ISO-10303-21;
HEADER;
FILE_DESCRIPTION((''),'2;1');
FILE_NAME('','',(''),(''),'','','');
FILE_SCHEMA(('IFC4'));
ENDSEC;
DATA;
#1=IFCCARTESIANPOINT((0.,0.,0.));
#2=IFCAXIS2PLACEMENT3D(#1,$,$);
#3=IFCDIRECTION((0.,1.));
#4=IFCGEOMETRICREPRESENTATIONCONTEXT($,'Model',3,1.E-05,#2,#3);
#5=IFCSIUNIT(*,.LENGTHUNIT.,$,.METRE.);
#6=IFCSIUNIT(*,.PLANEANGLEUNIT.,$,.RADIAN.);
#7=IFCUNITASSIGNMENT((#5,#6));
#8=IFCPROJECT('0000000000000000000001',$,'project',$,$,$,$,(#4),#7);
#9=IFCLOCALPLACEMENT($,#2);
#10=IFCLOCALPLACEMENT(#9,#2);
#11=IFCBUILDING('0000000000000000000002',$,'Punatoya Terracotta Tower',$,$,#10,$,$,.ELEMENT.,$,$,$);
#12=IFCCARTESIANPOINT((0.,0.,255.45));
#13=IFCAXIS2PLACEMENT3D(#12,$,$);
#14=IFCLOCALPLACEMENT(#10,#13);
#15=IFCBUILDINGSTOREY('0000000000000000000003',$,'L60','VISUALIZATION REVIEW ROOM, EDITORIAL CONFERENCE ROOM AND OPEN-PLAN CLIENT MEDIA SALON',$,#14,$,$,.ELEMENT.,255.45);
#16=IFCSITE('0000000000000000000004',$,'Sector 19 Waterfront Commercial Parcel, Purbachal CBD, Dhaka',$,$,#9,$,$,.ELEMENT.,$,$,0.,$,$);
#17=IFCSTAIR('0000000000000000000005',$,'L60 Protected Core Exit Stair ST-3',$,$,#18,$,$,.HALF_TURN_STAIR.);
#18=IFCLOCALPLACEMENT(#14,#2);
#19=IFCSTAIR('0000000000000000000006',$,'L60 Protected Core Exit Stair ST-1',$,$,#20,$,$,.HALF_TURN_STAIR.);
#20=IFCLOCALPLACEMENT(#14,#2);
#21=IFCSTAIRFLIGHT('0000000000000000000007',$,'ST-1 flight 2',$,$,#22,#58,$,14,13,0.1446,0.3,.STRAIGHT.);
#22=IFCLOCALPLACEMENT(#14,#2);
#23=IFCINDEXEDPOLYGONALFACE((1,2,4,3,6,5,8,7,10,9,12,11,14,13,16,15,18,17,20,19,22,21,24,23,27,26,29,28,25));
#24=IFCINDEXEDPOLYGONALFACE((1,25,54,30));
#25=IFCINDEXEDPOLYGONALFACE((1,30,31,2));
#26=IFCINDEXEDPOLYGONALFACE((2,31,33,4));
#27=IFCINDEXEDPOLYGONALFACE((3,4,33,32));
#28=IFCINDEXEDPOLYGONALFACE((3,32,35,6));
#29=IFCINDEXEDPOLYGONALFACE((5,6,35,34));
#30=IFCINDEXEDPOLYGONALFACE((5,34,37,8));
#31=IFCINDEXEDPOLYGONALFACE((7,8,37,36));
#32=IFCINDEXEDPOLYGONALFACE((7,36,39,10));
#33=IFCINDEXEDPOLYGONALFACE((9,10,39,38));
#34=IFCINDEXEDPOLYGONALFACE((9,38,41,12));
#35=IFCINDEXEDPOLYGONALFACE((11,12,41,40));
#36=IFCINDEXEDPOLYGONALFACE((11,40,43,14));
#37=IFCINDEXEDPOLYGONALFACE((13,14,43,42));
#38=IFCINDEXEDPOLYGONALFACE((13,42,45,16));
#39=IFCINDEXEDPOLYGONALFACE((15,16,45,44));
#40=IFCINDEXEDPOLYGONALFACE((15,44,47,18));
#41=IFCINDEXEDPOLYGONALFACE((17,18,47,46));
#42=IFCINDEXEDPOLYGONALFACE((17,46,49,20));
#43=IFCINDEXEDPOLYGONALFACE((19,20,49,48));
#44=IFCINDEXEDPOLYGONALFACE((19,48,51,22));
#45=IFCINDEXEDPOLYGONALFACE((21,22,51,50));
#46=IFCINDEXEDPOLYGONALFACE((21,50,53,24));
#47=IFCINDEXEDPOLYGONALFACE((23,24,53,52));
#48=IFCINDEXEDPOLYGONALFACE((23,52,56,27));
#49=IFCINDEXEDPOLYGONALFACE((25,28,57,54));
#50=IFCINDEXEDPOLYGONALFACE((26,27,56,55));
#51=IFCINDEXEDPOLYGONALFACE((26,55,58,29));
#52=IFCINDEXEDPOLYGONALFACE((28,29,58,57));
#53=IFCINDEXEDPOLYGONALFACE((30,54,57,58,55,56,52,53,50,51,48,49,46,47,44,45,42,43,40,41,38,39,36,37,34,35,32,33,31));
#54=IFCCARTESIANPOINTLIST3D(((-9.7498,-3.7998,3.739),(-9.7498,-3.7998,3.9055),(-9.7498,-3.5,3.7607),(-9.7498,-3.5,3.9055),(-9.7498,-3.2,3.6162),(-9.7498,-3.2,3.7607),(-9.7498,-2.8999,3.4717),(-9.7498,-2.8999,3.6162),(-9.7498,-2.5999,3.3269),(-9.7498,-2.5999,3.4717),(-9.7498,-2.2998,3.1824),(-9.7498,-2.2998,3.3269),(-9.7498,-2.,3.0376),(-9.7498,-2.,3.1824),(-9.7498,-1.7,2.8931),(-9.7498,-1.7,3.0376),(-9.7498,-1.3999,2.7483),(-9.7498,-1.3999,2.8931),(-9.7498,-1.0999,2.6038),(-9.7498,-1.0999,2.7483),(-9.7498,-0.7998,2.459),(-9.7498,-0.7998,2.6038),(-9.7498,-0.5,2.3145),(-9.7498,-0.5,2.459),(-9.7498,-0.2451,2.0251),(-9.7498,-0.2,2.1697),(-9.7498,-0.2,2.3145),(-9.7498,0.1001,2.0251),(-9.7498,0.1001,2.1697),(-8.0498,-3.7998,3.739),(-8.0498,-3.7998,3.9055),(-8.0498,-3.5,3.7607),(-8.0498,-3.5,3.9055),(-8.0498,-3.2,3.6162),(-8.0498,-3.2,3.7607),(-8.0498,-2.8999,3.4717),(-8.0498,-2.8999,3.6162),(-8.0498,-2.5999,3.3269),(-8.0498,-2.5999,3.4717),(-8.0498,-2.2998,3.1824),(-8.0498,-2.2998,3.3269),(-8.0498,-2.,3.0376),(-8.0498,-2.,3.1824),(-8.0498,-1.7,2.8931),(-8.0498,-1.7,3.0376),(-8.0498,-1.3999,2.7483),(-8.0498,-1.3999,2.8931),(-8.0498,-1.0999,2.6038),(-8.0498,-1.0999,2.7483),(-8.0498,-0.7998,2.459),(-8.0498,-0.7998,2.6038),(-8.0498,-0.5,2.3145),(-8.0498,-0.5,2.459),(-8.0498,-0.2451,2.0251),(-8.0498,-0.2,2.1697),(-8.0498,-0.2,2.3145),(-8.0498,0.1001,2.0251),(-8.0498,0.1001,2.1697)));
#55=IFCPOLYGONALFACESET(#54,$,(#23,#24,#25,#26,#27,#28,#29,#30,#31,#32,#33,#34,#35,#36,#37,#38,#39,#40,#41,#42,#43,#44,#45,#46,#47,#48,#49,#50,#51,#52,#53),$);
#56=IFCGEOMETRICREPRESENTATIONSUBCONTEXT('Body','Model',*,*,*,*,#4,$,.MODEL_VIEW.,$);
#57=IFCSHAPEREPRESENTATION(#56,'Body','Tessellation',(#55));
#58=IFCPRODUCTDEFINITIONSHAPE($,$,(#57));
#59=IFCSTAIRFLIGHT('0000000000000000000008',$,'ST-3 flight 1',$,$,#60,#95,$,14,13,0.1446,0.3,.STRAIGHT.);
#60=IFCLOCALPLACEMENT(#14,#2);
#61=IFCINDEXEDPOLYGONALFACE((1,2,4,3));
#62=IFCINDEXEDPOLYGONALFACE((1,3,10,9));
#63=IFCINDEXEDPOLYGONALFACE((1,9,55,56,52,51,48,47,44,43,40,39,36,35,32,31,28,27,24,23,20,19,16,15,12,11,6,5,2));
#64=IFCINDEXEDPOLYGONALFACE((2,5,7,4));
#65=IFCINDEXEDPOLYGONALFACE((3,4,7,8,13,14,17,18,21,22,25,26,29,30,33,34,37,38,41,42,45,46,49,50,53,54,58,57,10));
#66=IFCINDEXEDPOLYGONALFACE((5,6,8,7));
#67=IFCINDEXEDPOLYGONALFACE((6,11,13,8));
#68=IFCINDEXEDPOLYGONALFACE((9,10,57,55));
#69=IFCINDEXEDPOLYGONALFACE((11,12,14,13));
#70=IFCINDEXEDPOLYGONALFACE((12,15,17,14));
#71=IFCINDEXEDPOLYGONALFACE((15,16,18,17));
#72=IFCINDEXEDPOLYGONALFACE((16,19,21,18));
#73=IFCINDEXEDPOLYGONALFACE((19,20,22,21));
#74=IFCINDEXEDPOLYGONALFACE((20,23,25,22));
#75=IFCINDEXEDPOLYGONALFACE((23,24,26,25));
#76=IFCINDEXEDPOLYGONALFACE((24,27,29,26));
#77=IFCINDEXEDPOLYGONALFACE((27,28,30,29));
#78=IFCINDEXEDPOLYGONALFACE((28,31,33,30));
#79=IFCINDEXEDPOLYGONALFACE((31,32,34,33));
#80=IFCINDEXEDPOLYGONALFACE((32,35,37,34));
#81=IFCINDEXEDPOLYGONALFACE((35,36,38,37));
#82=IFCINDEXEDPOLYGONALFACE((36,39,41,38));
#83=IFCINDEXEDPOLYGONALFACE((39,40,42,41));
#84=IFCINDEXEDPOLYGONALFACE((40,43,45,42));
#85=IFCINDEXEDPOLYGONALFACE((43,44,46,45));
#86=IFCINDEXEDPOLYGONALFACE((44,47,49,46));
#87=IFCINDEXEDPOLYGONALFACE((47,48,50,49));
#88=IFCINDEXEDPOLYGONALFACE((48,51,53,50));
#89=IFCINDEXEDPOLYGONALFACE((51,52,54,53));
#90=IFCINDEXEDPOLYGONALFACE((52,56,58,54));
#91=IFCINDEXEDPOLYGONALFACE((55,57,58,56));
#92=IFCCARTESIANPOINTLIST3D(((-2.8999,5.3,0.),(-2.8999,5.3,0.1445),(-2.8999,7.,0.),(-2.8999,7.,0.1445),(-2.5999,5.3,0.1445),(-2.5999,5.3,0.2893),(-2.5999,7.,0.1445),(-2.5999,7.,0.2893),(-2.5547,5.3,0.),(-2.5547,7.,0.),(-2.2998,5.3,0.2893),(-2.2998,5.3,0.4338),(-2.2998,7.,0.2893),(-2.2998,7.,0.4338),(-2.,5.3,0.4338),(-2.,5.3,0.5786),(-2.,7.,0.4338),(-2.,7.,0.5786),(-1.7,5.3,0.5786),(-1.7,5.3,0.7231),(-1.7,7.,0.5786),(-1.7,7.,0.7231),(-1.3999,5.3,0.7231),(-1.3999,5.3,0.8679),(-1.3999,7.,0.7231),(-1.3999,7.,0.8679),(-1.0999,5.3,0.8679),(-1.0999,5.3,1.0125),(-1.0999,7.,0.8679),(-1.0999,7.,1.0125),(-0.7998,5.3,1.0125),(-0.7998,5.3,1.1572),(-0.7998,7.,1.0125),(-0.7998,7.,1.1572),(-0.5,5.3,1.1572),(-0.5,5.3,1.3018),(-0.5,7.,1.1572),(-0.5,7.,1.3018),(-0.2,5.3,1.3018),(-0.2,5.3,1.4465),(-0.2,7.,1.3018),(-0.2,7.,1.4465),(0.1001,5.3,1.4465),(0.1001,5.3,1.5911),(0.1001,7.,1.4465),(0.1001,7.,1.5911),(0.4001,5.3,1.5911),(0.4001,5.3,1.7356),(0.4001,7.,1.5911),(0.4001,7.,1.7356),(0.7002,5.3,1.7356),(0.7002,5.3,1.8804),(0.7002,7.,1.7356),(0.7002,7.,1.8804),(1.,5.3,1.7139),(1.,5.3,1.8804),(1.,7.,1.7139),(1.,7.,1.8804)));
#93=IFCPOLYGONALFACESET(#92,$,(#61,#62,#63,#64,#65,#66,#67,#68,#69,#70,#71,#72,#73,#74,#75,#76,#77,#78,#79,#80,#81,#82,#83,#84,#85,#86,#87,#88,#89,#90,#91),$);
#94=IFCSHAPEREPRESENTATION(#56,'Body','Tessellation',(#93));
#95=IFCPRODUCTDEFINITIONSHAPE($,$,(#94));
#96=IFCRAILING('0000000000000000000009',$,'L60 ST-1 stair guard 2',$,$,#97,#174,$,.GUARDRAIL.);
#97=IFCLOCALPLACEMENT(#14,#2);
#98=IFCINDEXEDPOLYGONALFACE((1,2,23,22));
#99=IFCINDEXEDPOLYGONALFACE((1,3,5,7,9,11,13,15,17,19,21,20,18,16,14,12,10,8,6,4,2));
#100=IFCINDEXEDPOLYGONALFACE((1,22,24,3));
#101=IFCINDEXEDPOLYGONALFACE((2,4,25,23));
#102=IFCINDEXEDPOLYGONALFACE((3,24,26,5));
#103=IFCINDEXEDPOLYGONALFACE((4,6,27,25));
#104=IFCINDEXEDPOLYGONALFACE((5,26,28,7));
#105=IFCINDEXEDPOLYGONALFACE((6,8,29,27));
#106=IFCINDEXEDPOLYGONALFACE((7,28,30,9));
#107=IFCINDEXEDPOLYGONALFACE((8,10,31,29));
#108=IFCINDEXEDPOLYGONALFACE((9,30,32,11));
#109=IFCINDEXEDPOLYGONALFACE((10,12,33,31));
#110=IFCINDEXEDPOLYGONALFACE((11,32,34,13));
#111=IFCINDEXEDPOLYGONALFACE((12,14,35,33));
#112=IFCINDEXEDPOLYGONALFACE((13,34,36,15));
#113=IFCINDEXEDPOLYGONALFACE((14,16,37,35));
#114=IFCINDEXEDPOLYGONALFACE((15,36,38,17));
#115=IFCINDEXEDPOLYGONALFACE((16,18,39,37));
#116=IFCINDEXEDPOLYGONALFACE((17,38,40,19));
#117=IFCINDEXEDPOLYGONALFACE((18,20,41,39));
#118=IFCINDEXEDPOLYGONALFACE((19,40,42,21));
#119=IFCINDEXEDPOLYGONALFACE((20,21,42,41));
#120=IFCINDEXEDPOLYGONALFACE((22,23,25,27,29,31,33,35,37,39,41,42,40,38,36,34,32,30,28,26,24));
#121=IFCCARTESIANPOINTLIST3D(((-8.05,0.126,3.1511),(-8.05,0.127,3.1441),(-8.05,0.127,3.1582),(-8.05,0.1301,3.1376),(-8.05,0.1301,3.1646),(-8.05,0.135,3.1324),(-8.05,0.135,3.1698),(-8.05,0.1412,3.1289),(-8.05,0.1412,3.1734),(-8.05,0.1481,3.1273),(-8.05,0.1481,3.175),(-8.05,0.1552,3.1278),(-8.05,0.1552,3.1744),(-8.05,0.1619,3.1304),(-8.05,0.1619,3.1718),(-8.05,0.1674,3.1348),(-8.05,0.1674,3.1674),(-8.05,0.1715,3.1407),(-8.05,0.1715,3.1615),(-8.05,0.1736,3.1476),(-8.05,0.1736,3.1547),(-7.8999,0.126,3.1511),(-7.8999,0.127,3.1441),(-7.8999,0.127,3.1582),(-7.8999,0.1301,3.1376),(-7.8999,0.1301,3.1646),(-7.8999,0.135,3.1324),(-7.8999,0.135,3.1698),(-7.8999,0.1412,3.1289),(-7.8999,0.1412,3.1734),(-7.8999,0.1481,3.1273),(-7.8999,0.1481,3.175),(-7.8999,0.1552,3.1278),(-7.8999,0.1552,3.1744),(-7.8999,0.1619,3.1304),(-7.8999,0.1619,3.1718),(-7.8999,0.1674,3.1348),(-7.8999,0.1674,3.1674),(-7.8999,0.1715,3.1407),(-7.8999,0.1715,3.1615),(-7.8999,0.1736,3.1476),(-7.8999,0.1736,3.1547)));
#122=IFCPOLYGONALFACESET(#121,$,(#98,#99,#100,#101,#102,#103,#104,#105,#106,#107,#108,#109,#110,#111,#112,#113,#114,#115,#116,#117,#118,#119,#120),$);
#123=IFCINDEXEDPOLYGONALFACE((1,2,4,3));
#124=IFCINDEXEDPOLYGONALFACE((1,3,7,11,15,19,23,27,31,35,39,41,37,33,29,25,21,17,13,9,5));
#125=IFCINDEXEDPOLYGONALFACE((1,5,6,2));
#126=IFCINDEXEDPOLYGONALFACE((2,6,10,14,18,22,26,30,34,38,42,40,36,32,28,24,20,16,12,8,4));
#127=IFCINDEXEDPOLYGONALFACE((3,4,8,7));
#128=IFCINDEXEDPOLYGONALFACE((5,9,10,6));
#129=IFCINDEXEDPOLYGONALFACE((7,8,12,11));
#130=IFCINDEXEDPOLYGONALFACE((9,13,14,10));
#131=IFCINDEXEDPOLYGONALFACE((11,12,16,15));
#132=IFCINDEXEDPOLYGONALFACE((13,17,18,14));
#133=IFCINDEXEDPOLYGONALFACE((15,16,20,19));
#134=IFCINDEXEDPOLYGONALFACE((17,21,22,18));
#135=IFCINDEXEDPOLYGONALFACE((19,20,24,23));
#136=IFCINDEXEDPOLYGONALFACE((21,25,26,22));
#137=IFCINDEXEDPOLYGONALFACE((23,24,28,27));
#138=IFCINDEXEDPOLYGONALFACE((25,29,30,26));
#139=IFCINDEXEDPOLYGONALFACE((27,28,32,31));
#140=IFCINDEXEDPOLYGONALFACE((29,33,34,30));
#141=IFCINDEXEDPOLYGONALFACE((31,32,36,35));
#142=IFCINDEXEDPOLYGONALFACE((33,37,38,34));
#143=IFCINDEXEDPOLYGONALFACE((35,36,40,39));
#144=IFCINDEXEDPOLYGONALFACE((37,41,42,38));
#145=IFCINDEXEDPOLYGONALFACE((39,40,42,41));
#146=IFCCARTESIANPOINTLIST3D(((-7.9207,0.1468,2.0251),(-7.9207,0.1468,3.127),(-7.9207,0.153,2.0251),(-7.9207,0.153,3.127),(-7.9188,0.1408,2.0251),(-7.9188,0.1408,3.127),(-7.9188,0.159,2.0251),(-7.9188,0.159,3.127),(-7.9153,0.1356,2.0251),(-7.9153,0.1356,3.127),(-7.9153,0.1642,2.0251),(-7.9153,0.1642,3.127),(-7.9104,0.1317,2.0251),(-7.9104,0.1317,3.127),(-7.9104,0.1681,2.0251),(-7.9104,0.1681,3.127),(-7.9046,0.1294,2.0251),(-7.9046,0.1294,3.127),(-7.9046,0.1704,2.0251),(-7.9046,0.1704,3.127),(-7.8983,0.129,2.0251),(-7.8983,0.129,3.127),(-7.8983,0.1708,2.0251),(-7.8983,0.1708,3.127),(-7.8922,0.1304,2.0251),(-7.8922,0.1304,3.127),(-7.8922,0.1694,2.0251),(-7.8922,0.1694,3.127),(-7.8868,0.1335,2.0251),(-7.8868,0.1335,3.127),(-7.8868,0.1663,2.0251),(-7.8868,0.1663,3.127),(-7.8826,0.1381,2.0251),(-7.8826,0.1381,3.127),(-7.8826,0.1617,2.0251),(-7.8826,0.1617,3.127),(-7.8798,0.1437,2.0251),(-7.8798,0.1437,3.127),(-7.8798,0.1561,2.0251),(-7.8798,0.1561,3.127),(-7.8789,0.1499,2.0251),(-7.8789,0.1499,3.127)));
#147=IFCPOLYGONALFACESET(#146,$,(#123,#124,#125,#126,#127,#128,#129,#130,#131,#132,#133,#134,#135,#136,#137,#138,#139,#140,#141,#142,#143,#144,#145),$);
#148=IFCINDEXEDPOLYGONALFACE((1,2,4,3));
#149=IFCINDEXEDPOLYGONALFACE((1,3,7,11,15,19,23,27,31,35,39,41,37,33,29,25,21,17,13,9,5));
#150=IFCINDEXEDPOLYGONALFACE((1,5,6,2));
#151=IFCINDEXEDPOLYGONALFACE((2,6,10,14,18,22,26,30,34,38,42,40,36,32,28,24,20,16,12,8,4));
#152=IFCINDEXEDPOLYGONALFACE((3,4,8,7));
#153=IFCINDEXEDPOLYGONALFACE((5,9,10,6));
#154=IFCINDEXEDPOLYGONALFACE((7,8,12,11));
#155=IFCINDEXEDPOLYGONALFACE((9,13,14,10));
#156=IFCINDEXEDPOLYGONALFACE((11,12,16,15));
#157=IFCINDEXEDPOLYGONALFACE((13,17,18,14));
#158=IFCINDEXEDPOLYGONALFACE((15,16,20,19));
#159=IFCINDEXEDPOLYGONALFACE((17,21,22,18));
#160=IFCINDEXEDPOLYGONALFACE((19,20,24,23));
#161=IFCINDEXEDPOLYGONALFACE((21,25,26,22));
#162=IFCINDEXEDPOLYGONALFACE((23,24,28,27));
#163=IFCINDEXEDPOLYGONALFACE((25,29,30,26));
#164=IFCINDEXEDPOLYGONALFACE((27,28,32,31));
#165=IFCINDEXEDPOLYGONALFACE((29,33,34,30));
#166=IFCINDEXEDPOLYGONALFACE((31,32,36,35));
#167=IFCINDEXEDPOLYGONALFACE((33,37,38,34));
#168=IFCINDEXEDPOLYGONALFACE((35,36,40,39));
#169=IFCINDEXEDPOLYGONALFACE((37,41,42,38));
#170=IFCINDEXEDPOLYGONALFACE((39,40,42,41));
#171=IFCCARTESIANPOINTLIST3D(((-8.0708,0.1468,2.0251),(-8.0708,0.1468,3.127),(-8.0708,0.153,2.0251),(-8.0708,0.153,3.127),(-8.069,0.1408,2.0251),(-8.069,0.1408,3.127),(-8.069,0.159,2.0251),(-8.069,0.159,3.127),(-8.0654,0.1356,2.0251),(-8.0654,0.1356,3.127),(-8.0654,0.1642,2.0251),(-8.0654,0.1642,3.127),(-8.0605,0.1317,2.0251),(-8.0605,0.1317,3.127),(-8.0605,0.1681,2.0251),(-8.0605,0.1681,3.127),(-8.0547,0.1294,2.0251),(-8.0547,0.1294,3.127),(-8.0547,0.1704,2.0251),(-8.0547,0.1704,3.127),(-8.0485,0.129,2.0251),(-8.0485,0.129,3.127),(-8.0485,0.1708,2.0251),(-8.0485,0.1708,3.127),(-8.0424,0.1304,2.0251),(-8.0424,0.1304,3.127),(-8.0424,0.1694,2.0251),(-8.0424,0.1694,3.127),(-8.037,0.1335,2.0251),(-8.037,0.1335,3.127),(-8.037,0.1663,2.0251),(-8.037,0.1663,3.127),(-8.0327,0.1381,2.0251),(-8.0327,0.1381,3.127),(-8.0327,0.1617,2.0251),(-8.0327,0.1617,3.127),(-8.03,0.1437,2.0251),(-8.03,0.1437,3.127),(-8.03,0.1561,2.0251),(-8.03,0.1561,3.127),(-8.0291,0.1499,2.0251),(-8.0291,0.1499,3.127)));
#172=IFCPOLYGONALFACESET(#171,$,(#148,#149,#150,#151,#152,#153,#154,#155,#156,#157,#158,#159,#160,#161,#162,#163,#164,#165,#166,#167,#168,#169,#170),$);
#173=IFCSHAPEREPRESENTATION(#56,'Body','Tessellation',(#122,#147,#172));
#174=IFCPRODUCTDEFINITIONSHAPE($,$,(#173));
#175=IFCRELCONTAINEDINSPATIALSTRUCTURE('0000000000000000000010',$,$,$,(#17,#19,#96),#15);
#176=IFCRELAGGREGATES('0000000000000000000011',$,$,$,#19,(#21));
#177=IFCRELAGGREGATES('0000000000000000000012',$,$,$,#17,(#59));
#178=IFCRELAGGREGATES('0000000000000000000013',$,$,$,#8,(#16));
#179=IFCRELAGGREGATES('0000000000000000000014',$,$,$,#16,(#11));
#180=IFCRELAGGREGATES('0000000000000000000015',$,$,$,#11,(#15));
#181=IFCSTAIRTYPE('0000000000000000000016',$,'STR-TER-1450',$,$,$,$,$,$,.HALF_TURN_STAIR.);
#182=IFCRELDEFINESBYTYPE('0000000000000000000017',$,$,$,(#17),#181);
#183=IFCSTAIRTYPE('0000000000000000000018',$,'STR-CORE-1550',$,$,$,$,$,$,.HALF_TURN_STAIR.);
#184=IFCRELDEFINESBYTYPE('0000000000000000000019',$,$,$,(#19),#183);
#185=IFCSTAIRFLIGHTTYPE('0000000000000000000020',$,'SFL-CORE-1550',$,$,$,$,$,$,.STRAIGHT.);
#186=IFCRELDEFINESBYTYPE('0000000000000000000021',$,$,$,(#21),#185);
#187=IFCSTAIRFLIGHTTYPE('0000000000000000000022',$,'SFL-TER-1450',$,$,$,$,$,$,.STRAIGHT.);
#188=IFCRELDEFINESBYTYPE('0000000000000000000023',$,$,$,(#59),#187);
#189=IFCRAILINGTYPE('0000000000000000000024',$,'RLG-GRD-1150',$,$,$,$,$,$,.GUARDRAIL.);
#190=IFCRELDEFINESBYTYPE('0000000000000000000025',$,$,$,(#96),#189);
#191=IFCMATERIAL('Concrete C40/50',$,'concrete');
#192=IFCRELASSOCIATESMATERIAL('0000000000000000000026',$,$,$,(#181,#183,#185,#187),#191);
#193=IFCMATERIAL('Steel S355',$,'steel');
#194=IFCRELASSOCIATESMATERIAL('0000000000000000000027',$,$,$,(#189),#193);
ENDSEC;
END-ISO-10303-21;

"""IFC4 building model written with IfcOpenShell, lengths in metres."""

from ifc_helpers import new_model, si_unit, direction, frame, origin, origin_2d, place, context, subcontext, project, spatial, polyline, circle, outline, extrude, material, type_object, element, aggregate, save


model = new_model("IFC4")

# Units and contexts
model_context = context("Model", 3, precision=1e-05, world=origin(), true_north=direction((0.0, 1.0)))
body_context = subcontext(model_context, "Body", "Model", "MODEL_VIEW")
ifc_project = project(units=[si_unit("LENGTHUNIT", "METRE"), si_unit("PLANEANGLEUNIT", "RADIAN")], contexts=[model_context])

# Site, building, storey
site_placement = place(None, origin())
site = spatial("IfcSite", under=ifc_project, at=site_placement, Name="Sector 19 Waterfront Commercial Parcel, Purbachal CBD, Dhaka", CompositionType="ELEMENT", RefElevation=0.0)
building_placement = place(site_placement, origin())
building = spatial("IfcBuilding", under=site, at=building_placement, Name="Punatoya Terracotta Tower", CompositionType="ELEMENT")
storey_placement = place(building_placement, frame((0.0, 0.0, 255.45)))
storey = spatial("IfcBuildingStorey", under=building, at=storey_placement, Name="L60", Description="VISUALIZATION REVIEW ROOM, EDITORIAL CONFERENCE ROOM AND OPEN-PLAN CLIENT MEDIA SALON", CompositionType="ELEMENT", Elevation=255.45)

# Shared definitions
ifc_material_1 = material(Name="Steel S355", Category="steel")

# Stairs
ifc_material_2 = material(Name="Concrete C40/50", Category="concrete")
stair_type_1 = type_object("IfcStairType", Name="STR-TER-1450", PredefinedType="HALF_TURN_STAIR", material=ifc_material_2)
stair_1_placement = place(storey_placement, origin())
stair_1 = element("IfcStair", 1, at=stair_1_placement, inside=storey, type_object=stair_type_1, Name="L60 Protected Core Exit Stair ST-3", PredefinedType="HALF_TURN_STAIR")
stair_type_2 = type_object("IfcStairType", Name="STR-CORE-1550", PredefinedType="HALF_TURN_STAIR", material=ifc_material_2)
stair_2_placement = place(storey_placement, origin())
stair_2 = element("IfcStair", 2, at=stair_2_placement, inside=storey, type_object=stair_type_2, Name="L60 Protected Core Exit Stair ST-1", PredefinedType="HALF_TURN_STAIR")

# Stair flights
stair_flight_type_1 = type_object("IfcStairFlightType", Name="SFL-CORE-1550", PredefinedType="STRAIGHT", material=ifc_material_2)
stair_flight_1_placement = place(storey_placement, frame((-8.8999, 0.1001, 2.0251), z_axis=(0.0, 0.0, 1.0), x_axis=(0.0, -1.0, 0.0)))
stair_flight_1 = element("IfcStairFlight", 3, at=stair_flight_1_placement, type_object=stair_flight_type_1, Name="ST-1 flight 2", NumberOfRisers=14, NumberOfTreads=13, PredefinedType="STRAIGHT", RiserHeight=0.1446, TreadLength=0.3, context=body_context, shape_type="SweptSolid", body=[
    extrude(outline(polyline([(0.0, 0.0), (0.0, 0.1445), (0.3, 0.1445), (0.3, 0.2893), (0.6001, 0.2893), (0.6001, 0.4338), (0.8999, 0.4338), (0.8999, 0.5786), (1.2, 0.5786), (1.2, 0.7231), (1.5, 0.7231), (1.5, 0.8679), (1.8, 0.8679), (1.8, 1.0125), (2.1001, 1.0125), (2.1001, 1.1572), (2.3999, 1.1572), (2.3999, 1.3018), (2.7, 1.3018), (2.7, 1.4465), (3.0, 1.4465), (3.0, 1.5911), (3.3, 1.5911), (3.3, 1.7356), (3.6001, 1.7356), (3.6001, 1.8804), (3.8999, 1.8804), (3.8999, 2.0249), (3.8999, 1.7139), (0.3452, 0.0), (0.0, 0.0)])), frame((0.0, 0.8501, 0.0), z_axis=(0.0, -1.0, 0.0), x_axis=(1.0, 0.0, 0.0)), (0.0, 0.0, 1.0), 1.7),
])
aggregate(stair_2, [stair_flight_1])
stair_flight_type_2 = type_object("IfcStairFlightType", Name="SFL-TER-1450", PredefinedType="STRAIGHT", material=ifc_material_2)
stair_flight_2_placement = place(storey_placement, frame((-2.8999, 6.1499, 0.0), z_axis=(0.0, 0.0, 1.0), x_axis=(1.0, 0.0, 0.0)))
stair_flight_2 = element("IfcStairFlight", 4, at=stair_flight_2_placement, type_object=stair_flight_type_2, Name="ST-3 flight 1", NumberOfRisers=14, NumberOfTreads=13, PredefinedType="STRAIGHT", RiserHeight=0.1446, TreadLength=0.3, context=body_context, shape_type="SweptSolid", body=[
    extrude(outline(polyline([(0.0, 0.0), (0.0, 0.1445), (0.3, 0.1445), (0.3, 0.2893), (0.6001, 0.2893), (0.6001, 0.4338), (0.8999, 0.4338), (0.8999, 0.5786), (1.2, 0.5786), (1.2, 0.7231), (1.5, 0.7231), (1.5, 0.8679), (1.8, 0.8679), (1.8, 1.0125), (2.1001, 1.0125), (2.1001, 1.1572), (2.3999, 1.1572), (2.3999, 1.3018), (2.7, 1.3018), (2.7, 1.4465), (3.0, 1.4465), (3.0, 1.5911), (3.3, 1.5911), (3.3, 1.7356), (3.6001, 1.7356), (3.6001, 1.8804), (3.8999, 1.8804), (3.8999, 2.0249), (3.8999, 1.7139), (0.3452, 0.0), (0.0, 0.0)])), frame((0.0, 0.8501, 0.0), z_axis=(0.0, -1.0, 0.0), x_axis=(1.0, 0.0, 0.0)), (0.0, 0.0, 1.0), 1.7),
])
aggregate(stair_1, [stair_flight_2])

# Railing
railing_type_1 = type_object("IfcRailingType", Name="RLG-GRD-1150", PredefinedType="GUARDRAIL", material=ifc_material_1)
railing_1_placement = place(storey_placement, frame((-7.8999, 0.1499, 2.0251)))
element("IfcRailing", 5, at=railing_1_placement, inside=storey, type_object=railing_type_1, Name="L60 ST-1 stair guard 2", PredefinedType="GUARDRAIL", context=body_context, shape_type="SweptSolid", body=[
    extrude(circle(Radius=0.0239, at=origin_2d()), frame((0.0, 0.0, 1.126), z_axis=(-1.0, 0.0, 0.0), x_axis=(0.0, -1.0, 0.0)), (0.0, 0.0, 1.0), 0.1501),
    extrude(circle(Radius=0.021, at=origin_2d()), origin(), (0.0, 0.0, 1.0), 1.1018),
    extrude(circle(Radius=0.021, at=origin_2d()), frame((-0.1501, 0.0, 0.0)), (0.0, 0.0, 1.0), 1.1018),
])

save(model, "model.ifc")
